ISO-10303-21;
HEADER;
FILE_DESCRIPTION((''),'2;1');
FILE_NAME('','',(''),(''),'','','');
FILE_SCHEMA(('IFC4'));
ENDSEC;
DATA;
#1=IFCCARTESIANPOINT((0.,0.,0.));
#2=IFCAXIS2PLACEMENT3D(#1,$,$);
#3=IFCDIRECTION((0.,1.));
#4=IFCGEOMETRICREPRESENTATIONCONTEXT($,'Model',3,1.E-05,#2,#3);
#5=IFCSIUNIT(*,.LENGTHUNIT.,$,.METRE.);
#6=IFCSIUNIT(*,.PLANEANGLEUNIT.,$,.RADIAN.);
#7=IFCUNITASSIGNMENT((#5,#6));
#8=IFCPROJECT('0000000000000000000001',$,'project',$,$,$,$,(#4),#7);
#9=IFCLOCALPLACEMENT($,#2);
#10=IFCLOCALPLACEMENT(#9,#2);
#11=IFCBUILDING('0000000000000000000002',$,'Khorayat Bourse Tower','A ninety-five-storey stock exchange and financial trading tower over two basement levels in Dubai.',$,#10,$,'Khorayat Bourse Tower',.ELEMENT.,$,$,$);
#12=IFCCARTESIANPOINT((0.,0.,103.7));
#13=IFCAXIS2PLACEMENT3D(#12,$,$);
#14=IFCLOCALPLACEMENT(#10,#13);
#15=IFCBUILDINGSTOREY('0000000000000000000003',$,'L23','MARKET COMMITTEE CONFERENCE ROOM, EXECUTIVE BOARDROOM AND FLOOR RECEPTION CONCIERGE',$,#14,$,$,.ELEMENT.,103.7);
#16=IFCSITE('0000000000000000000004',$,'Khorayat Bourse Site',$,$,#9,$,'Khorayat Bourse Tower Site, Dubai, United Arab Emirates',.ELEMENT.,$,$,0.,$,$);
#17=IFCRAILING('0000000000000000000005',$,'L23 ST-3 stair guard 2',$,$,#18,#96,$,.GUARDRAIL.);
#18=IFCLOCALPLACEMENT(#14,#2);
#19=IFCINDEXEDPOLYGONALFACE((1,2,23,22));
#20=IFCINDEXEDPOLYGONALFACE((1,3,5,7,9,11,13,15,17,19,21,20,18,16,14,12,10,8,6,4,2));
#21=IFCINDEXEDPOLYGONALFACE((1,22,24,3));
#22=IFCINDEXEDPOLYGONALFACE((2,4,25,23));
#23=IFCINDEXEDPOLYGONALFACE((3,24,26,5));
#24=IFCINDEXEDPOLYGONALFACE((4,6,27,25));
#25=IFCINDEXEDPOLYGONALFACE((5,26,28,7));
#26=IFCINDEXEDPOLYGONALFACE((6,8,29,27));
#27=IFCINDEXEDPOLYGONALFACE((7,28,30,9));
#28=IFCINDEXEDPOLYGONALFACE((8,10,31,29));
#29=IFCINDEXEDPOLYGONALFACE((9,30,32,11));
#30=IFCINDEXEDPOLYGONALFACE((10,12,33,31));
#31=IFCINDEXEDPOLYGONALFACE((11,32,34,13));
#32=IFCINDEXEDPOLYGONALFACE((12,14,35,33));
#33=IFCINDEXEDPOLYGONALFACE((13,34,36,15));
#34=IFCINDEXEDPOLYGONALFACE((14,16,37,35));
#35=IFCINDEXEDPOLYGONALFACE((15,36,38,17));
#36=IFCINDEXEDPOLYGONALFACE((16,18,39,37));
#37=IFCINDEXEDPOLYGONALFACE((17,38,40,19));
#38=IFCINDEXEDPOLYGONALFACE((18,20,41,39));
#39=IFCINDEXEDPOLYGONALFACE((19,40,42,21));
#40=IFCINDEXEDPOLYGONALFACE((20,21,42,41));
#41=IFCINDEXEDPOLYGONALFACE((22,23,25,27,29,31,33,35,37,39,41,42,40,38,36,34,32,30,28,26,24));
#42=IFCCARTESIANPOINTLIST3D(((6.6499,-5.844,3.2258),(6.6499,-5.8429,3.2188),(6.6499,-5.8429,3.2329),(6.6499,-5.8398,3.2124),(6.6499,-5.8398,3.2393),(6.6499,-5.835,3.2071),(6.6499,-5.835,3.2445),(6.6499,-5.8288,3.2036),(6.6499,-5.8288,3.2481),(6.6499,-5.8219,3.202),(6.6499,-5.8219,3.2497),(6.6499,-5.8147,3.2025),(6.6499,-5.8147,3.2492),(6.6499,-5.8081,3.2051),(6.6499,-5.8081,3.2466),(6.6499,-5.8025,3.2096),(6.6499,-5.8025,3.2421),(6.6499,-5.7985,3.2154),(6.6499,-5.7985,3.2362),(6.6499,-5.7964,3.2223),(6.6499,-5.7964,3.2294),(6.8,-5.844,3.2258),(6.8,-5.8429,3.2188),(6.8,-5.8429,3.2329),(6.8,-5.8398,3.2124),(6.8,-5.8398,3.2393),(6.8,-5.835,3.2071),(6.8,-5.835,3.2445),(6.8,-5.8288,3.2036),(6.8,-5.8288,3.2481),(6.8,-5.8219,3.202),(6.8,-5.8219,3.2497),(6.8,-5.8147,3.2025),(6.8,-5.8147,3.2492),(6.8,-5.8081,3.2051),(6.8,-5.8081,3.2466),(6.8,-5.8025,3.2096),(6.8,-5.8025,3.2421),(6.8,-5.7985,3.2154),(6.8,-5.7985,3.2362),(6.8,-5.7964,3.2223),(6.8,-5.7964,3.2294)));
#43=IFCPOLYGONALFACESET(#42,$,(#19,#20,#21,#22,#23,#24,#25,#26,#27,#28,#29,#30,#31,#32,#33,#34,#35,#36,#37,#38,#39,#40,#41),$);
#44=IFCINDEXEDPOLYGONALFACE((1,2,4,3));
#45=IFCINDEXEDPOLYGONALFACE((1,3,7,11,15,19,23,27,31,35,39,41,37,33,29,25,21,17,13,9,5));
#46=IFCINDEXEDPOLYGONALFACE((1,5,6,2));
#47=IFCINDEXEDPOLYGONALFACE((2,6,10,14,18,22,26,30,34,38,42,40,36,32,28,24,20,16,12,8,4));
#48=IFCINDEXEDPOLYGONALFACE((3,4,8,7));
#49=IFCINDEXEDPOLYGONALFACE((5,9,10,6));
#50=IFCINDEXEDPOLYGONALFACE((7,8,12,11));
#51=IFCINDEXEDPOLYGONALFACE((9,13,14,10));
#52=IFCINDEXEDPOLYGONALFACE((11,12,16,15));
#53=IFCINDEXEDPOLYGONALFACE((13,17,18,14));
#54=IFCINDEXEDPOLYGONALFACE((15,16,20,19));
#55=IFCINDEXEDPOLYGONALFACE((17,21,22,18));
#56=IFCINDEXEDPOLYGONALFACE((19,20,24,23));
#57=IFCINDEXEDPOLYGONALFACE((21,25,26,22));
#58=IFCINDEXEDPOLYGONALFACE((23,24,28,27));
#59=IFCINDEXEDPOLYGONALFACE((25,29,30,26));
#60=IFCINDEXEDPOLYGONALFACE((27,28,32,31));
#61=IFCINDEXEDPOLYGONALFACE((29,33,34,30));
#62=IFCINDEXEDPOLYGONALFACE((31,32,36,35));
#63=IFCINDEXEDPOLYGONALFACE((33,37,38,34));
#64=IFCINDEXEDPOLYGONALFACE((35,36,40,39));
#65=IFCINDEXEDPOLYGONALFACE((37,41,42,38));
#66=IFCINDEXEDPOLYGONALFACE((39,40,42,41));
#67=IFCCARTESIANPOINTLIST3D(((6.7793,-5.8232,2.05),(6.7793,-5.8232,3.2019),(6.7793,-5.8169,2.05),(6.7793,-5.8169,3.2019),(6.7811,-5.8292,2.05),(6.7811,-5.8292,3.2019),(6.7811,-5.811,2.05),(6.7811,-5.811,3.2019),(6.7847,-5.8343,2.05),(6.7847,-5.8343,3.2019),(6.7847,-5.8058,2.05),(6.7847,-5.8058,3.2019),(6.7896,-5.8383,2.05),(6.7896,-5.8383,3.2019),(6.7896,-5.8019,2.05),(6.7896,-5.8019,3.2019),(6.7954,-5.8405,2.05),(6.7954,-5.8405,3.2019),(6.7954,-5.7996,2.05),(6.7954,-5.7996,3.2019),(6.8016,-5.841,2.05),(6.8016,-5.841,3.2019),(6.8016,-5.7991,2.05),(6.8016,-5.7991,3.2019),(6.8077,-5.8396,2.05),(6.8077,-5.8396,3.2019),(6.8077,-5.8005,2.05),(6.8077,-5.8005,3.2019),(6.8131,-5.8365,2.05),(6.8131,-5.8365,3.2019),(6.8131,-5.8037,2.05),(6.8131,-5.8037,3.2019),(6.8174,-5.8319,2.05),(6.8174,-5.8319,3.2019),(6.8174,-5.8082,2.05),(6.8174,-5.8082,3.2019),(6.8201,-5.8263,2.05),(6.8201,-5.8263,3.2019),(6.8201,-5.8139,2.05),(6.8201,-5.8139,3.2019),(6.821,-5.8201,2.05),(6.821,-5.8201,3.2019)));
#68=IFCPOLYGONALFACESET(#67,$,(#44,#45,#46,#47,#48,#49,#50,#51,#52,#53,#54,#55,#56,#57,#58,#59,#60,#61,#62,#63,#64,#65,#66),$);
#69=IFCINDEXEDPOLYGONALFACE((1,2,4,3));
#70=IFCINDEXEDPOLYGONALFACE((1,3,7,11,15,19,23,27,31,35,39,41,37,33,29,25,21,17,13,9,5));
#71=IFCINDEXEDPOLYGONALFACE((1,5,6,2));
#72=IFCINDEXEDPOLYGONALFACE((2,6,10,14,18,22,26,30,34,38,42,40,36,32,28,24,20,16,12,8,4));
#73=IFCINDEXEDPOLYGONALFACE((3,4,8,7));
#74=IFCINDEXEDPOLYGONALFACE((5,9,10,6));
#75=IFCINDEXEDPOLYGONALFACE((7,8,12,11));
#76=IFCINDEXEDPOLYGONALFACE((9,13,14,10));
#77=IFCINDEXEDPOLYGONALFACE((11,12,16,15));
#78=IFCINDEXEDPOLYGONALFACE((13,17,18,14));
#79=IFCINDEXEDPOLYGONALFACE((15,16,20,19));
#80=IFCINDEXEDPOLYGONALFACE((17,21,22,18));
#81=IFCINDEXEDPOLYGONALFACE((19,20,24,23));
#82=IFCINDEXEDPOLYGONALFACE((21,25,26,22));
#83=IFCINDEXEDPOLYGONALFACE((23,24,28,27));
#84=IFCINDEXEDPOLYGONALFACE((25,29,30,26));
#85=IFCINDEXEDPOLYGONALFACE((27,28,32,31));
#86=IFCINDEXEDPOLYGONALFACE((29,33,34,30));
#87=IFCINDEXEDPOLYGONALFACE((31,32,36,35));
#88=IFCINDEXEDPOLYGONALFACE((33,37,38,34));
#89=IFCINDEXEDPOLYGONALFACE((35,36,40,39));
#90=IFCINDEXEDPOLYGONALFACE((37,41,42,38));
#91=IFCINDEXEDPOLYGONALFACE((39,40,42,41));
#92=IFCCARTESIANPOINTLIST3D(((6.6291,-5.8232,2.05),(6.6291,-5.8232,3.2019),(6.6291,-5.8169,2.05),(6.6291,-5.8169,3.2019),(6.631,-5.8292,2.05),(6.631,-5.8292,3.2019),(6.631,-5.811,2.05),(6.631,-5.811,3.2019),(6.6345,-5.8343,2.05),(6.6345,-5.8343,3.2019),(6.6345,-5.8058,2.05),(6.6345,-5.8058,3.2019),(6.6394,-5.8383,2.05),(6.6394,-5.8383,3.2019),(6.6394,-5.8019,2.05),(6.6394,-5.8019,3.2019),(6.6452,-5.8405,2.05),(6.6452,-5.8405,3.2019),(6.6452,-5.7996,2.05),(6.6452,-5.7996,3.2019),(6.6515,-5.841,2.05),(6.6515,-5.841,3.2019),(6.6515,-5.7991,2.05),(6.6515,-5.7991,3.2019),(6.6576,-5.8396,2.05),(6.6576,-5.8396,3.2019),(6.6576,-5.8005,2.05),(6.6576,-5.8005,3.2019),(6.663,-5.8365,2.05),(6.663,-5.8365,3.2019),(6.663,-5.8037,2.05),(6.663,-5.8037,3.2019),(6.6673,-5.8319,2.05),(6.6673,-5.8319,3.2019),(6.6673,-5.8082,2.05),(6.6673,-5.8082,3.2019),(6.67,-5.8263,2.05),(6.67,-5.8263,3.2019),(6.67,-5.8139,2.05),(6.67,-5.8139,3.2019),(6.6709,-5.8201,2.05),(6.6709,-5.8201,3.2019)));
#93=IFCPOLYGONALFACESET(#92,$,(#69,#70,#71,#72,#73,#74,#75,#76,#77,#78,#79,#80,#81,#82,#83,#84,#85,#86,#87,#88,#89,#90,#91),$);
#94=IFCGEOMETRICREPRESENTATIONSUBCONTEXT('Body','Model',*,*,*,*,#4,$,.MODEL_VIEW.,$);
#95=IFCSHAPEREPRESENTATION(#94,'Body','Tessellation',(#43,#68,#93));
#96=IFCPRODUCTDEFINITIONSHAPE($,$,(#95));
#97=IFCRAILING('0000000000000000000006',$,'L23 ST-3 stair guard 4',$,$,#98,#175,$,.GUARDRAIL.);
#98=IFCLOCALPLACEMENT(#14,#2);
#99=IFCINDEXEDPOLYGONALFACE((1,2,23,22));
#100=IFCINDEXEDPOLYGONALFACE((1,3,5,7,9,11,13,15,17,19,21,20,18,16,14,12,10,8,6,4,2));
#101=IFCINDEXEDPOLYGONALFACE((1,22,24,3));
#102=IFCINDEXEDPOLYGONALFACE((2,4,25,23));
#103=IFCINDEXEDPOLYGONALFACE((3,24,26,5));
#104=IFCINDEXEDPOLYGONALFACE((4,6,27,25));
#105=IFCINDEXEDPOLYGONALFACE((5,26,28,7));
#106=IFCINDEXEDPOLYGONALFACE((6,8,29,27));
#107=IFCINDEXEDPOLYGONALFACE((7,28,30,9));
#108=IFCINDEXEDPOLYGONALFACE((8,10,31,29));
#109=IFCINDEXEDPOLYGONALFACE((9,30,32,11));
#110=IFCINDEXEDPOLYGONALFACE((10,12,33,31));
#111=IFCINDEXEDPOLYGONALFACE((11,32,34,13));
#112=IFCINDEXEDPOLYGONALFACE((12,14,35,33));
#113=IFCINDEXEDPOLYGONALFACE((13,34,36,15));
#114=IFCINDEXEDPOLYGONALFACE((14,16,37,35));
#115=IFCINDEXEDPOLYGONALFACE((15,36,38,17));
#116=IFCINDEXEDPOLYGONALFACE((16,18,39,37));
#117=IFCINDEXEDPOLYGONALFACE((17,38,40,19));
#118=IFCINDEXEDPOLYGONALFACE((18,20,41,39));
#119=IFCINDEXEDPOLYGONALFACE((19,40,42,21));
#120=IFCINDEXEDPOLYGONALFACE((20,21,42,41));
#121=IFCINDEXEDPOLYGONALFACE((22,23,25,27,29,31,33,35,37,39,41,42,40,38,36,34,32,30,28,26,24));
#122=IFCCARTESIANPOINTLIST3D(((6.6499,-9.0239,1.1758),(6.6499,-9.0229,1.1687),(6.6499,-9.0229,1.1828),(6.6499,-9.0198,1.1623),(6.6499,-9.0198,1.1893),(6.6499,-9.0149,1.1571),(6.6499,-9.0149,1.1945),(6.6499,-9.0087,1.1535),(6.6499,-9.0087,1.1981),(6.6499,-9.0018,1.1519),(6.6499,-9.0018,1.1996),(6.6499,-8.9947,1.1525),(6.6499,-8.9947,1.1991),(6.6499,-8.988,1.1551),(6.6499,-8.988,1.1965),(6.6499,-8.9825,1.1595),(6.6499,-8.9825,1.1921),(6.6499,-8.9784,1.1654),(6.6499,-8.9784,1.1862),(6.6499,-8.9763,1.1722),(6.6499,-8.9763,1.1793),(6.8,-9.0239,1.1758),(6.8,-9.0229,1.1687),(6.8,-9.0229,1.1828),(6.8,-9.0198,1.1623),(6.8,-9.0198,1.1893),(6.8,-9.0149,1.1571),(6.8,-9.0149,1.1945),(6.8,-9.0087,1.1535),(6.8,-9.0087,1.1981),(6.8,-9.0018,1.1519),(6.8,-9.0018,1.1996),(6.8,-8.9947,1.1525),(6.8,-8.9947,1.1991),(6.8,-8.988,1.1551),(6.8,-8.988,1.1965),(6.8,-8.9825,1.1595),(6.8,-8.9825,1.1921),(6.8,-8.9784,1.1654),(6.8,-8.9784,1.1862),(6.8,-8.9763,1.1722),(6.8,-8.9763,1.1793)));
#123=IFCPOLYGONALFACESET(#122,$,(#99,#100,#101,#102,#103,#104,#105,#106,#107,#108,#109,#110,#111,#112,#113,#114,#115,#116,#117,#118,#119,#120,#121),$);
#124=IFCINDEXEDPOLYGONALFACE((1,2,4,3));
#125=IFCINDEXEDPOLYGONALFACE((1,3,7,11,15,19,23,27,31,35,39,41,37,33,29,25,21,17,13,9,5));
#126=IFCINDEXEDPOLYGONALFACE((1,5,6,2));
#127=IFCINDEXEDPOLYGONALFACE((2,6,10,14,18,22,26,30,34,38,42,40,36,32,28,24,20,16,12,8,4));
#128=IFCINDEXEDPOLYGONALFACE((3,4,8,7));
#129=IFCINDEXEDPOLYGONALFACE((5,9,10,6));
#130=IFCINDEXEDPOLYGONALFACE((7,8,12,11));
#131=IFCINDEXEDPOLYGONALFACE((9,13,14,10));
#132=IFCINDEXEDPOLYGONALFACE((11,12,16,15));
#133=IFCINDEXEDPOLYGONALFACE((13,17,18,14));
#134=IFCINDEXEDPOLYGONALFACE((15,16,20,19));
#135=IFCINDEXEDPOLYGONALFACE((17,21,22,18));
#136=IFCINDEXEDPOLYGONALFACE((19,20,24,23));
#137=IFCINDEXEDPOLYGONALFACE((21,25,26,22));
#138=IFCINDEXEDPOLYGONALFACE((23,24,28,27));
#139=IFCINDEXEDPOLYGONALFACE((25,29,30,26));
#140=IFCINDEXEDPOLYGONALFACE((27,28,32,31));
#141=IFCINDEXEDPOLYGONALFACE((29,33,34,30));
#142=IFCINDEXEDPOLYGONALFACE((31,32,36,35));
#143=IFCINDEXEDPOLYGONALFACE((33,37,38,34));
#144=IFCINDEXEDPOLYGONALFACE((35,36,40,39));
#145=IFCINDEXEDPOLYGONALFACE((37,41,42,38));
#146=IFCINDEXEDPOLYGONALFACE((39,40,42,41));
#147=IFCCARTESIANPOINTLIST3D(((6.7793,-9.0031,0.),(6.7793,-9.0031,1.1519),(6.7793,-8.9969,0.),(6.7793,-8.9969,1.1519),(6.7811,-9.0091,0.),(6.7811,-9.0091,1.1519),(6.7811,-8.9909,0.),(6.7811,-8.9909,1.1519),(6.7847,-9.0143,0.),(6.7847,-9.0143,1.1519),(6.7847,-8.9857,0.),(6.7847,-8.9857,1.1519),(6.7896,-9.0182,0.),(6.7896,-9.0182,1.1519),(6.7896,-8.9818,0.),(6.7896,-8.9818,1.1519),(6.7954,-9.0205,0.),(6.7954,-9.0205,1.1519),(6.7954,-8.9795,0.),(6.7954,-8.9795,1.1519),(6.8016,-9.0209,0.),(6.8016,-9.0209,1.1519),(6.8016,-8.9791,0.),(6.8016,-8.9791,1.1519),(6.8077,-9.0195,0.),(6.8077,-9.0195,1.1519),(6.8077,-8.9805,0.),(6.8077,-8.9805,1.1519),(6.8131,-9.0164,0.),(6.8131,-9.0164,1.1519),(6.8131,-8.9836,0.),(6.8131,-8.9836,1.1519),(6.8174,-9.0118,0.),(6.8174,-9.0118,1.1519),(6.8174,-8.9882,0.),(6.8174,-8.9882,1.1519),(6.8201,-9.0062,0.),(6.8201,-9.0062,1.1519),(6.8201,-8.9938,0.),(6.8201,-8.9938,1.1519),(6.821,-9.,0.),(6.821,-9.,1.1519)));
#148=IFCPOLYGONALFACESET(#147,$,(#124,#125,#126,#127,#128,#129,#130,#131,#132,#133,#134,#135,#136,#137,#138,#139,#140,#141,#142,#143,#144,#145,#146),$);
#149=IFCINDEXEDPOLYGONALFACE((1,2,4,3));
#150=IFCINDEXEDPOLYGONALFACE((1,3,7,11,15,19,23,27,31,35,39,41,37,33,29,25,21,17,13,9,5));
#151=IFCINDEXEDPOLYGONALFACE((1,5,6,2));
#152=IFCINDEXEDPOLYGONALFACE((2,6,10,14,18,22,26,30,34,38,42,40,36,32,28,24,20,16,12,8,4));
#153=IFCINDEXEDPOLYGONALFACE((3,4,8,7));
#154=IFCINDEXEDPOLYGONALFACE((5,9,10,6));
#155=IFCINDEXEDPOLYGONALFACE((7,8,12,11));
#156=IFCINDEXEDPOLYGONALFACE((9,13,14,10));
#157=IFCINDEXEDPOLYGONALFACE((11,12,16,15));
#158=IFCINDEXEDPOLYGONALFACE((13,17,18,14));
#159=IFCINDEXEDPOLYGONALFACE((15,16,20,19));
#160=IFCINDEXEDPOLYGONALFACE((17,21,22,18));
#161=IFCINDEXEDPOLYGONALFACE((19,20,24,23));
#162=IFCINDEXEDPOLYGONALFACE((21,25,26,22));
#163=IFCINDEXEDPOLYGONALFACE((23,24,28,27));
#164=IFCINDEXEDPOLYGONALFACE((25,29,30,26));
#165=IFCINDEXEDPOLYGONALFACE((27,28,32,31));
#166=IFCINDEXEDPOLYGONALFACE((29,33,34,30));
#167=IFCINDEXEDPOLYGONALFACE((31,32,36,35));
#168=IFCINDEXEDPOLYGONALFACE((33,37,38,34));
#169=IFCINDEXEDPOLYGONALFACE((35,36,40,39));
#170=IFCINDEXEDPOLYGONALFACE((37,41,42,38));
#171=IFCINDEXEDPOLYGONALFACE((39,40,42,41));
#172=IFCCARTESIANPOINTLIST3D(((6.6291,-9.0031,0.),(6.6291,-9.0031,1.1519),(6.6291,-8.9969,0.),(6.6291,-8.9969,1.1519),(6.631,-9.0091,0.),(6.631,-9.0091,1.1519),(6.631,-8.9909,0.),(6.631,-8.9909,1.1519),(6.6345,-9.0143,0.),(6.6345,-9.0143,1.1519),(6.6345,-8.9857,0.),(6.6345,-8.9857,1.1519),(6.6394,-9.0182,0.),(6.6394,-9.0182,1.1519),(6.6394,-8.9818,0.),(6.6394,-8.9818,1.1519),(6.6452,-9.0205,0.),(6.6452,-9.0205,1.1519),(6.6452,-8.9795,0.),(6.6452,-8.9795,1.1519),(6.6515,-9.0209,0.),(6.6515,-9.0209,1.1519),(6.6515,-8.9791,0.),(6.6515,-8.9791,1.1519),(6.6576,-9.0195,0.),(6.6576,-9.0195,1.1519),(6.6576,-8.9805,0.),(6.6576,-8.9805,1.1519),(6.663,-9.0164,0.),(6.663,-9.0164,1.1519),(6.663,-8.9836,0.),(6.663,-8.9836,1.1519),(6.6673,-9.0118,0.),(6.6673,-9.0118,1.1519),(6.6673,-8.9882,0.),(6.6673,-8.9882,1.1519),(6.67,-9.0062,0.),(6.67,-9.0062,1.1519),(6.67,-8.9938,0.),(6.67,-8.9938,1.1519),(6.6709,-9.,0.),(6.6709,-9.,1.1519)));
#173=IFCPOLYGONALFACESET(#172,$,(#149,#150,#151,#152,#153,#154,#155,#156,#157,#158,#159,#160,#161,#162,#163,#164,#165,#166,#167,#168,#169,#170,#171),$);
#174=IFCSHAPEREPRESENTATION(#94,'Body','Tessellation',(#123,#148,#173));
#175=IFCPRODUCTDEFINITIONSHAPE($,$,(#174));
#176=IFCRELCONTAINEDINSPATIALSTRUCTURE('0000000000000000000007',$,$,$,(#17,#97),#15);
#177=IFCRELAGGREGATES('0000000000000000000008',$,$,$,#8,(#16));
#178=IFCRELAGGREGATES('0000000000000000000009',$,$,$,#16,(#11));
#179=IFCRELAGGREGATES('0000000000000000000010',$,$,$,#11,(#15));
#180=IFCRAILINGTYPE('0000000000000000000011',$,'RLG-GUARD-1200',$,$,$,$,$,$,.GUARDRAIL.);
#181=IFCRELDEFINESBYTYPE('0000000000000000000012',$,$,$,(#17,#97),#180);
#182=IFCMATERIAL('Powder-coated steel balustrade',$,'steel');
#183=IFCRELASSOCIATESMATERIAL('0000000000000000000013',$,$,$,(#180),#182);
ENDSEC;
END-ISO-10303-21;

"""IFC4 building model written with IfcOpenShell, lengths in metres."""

from ifc_helpers import new_model, si_unit, direction, frame, origin, origin_2d, place, context, subcontext, project, spatial, circle, extrude, source, transform, mapped, material, type_object, element, save


model = new_model("IFC4")

# Units and contexts
model_context = context("Model", 3, precision=1e-05, world=origin(), true_north=direction((0.0, 1.0)))
body_context = subcontext(model_context, "Body", "Model", "MODEL_VIEW")
ifc_project = project(units=[si_unit("LENGTHUNIT", "METRE"), si_unit("PLANEANGLEUNIT", "RADIAN")], contexts=[model_context])

# Site, building, storey
site_placement = place(None, origin())
site = spatial("IfcSite", under=ifc_project, at=site_placement, Name="Khorayat Bourse Site", LongName="Khorayat Bourse Tower Site, Dubai, United Arab Emirates", CompositionType="ELEMENT", RefElevation=0.0)
building_placement = place(site_placement, origin())
building = spatial("IfcBuilding", under=site, at=building_placement, Name="Khorayat Bourse Tower", Description="A ninety-five-storey stock exchange and financial trading tower over two basement levels in Dubai.", LongName="Khorayat Bourse Tower", CompositionType="ELEMENT")
storey_placement = place(building_placement, frame((0.0, 0.0, 103.7)))
storey = spatial("IfcBuildingStorey", under=building, at=storey_placement, Name="L23", Description="MARKET COMMITTEE CONFERENCE ROOM, EXECUTIVE BOARDROOM AND FLOOR RECEPTION CONCIERGE", CompositionType="ELEMENT", Elevation=103.7)

# Railings
ifc_material_1 = material(Name="Powder-coated steel balustrade", Category="steel")
railing_type_1 = type_object("IfcRailingType", Name="RLG-GUARD-1200", PredefinedType="GUARDRAIL", material=ifc_material_1)
shared_shape_1 = source(origin(), body_context, "Body", "SweptSolid", [
    extrude(circle(Radius=0.0239, at=origin_2d()), frame((0.0, 0.0, 1.1758), z_axis=(-1.0, 0.0, 0.0), x_axis=(0.0, -1.0, 0.0)), (0.0, 0.0, 1.0), 0.1501),
    extrude(circle(Radius=0.021, at=origin_2d()), origin(), (0.0, 0.0, 1.0), 1.1519),
    extrude(circle(Radius=0.021, at=origin_2d()), frame((-0.1501, 0.0, 0.0)), (0.0, 0.0, 1.0), 1.1519),
])
for number, where, name in (
    (1, (6.8, -5.8201, 2.05), "L23 ST-3 stair guard 2"),
    (2, (6.8, -9.0, 0.0), "L23 ST-3 stair guard 4"),
):
    element("IfcRailing", number, at=place(storey_placement, frame(where)), inside=storey, type_object=railing_type_1, Name=name, PredefinedType="GUARDRAIL", context=body_context, shape_type="MappedRepresentation", body=[
        mapped(shared_shape_1, transform((0.0, 0.0, 0.0), scale=1.0)),
    ])

save(model, "model.ifc")
